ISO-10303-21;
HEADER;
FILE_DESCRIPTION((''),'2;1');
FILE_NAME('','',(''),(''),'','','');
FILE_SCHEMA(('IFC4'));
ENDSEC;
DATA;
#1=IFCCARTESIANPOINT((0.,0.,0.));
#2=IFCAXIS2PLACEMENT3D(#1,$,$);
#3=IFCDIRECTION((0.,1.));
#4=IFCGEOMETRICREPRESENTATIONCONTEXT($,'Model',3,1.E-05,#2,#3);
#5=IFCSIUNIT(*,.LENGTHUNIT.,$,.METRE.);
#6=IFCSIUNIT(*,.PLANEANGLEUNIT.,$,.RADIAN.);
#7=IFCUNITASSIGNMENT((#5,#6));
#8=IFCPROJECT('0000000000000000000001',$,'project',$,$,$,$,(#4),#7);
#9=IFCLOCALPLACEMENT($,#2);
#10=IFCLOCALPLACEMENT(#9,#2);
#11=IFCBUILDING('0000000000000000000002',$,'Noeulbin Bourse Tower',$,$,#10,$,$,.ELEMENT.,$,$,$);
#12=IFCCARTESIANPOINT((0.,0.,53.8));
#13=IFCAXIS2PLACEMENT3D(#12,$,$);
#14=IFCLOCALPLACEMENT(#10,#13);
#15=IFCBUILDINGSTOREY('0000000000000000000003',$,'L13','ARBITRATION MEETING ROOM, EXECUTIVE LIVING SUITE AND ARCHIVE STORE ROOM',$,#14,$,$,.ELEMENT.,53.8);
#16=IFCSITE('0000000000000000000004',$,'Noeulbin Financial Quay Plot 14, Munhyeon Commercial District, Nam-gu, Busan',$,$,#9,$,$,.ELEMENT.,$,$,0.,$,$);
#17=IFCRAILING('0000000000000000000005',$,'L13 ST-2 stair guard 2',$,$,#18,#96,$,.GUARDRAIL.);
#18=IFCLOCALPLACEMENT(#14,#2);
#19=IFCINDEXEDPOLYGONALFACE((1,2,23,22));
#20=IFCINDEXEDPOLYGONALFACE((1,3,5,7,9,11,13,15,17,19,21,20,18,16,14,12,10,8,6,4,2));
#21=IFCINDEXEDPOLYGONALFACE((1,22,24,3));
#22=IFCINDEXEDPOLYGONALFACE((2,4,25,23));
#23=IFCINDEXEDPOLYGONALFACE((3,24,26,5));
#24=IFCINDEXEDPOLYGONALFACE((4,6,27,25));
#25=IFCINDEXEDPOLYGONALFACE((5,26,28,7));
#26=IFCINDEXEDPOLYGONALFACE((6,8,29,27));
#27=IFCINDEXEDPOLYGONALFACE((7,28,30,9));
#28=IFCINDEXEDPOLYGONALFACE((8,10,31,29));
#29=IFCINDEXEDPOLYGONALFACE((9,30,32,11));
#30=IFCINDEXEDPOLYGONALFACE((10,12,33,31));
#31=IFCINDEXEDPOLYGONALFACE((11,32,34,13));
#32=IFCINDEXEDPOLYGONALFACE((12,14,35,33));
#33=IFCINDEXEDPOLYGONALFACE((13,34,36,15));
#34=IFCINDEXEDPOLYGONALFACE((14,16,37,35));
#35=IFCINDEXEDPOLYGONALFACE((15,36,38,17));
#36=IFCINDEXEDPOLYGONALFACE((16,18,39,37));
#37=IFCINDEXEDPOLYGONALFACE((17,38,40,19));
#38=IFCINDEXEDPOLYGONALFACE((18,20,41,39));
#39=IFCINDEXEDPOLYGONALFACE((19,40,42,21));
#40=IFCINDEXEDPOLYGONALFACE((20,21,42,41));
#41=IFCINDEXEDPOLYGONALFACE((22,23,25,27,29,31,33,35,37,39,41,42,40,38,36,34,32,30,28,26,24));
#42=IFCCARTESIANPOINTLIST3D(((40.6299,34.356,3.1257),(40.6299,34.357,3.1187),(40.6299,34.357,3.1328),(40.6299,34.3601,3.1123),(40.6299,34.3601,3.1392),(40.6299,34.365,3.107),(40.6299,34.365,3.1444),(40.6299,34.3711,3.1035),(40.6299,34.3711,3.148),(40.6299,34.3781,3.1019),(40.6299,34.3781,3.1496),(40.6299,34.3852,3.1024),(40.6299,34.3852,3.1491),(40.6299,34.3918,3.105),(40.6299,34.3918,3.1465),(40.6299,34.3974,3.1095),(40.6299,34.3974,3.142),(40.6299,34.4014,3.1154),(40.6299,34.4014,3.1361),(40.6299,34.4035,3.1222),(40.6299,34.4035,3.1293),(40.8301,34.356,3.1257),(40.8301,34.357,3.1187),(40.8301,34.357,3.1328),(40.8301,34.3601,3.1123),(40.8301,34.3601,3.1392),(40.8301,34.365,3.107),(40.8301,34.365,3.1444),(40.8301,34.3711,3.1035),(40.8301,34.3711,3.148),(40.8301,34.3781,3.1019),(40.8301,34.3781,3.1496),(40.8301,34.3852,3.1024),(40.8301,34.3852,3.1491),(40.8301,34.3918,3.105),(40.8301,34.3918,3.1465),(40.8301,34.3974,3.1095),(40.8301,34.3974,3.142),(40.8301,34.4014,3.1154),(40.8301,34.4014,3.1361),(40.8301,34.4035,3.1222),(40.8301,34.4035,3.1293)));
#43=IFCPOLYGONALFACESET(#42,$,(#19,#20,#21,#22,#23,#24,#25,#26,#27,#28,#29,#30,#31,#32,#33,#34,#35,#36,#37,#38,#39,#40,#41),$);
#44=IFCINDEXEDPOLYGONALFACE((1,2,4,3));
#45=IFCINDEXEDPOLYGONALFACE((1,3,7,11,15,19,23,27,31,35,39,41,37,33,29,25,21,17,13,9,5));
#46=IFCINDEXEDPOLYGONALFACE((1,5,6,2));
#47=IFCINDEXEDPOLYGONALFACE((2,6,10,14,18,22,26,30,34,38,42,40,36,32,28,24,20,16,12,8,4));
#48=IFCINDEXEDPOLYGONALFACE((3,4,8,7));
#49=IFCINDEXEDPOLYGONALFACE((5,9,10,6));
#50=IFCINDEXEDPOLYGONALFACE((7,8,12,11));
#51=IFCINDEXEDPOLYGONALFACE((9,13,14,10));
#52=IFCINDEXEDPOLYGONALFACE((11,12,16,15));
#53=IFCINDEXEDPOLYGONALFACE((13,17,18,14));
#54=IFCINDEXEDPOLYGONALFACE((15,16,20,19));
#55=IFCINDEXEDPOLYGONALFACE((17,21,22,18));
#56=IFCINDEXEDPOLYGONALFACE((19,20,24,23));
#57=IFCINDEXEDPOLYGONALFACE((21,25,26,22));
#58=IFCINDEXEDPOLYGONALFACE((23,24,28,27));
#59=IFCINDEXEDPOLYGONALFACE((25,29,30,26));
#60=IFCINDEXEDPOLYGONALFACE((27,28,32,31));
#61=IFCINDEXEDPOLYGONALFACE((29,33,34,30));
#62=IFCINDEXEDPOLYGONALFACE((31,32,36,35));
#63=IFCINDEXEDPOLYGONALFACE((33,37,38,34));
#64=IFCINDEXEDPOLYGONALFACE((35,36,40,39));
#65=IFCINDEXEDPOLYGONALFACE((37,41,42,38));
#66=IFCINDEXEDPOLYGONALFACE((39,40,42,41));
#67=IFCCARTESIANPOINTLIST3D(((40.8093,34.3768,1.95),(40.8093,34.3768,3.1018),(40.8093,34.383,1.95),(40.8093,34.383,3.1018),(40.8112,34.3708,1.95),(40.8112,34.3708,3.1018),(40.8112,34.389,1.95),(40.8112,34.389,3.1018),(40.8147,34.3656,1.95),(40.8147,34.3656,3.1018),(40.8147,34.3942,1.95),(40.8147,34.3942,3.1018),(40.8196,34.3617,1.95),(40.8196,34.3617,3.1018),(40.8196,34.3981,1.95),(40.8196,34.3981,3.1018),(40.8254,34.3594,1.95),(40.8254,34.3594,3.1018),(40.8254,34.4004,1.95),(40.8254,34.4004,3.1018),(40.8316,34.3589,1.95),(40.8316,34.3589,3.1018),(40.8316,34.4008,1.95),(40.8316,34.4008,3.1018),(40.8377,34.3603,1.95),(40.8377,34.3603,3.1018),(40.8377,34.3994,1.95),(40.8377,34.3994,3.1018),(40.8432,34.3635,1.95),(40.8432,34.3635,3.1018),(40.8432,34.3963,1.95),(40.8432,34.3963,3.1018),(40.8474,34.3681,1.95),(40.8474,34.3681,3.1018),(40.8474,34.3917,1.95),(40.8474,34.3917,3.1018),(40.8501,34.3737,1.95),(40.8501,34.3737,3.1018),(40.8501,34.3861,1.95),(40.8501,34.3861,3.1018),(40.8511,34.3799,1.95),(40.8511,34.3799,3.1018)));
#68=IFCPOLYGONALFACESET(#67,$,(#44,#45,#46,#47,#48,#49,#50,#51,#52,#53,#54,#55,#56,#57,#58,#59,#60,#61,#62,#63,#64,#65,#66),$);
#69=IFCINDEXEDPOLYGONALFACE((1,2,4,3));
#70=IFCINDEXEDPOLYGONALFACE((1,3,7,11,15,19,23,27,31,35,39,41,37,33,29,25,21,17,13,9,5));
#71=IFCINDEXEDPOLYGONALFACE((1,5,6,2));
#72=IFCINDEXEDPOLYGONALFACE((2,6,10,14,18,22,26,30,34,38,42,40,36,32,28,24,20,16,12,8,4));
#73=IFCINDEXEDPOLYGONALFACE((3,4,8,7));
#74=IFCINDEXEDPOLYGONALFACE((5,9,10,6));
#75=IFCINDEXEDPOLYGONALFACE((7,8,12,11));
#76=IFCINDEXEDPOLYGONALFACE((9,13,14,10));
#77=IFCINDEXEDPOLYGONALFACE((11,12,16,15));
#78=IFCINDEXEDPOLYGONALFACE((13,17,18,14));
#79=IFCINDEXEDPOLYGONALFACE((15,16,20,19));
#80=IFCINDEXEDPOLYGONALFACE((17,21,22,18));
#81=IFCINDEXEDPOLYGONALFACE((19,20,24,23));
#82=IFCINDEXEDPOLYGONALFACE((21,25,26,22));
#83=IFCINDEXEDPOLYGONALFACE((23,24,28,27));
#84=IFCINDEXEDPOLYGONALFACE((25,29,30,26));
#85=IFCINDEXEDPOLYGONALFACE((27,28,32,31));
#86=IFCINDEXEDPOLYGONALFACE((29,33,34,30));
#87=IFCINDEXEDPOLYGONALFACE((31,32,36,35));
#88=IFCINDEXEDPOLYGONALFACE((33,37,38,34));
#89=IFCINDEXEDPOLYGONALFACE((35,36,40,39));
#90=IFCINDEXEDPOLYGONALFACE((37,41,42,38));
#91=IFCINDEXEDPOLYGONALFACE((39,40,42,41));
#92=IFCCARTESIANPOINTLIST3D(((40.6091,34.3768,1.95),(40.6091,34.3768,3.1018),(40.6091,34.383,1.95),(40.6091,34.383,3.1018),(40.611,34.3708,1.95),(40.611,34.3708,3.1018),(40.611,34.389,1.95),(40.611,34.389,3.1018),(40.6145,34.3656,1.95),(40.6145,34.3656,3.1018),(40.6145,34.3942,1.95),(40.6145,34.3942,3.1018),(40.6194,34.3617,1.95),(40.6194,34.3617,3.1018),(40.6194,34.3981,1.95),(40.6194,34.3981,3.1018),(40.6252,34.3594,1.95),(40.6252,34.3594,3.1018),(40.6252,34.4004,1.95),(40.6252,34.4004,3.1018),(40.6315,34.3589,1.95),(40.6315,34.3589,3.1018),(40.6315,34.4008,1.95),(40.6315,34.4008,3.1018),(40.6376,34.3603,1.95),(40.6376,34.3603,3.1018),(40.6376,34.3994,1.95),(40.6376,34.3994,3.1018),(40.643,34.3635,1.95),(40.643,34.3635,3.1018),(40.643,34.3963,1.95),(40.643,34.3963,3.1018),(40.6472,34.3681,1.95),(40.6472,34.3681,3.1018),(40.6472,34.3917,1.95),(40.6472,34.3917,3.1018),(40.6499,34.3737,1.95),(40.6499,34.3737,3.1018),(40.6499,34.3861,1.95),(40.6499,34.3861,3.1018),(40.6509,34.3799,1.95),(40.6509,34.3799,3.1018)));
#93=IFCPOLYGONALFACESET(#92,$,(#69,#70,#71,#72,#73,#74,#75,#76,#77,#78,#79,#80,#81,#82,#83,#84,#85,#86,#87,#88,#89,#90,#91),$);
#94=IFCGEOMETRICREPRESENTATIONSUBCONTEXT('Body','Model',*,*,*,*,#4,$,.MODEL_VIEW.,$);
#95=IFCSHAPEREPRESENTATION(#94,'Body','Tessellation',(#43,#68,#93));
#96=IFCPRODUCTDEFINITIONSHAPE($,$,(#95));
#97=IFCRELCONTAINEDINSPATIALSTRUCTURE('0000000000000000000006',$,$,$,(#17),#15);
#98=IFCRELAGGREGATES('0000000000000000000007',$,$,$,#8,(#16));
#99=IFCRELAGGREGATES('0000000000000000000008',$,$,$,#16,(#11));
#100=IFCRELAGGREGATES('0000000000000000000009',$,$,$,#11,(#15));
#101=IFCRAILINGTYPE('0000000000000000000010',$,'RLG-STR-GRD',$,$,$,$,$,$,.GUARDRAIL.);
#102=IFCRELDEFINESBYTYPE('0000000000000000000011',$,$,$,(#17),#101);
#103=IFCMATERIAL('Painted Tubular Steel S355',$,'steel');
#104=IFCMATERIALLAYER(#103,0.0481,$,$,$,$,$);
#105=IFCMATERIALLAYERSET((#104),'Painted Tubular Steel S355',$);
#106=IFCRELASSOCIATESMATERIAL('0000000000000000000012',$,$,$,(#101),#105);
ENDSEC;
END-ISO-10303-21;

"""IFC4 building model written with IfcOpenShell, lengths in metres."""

from ifc_helpers import new_model, si_unit, direction, frame, origin, origin_2d, place, context, subcontext, project, spatial, circle, extrude, material, layer, layer_set, type_object, element, save


model = new_model("IFC4")

# Units and contexts
model_context = context("Model", 3, precision=1e-05, world=origin(), true_north=direction((0.0, 1.0)))
body_context = subcontext(model_context, "Body", "Model", "MODEL_VIEW")
ifc_project = project(units=[si_unit("LENGTHUNIT", "METRE"), si_unit("PLANEANGLEUNIT", "RADIAN")], contexts=[model_context])

# Site, building, storey
site_placement = place(None, origin())
site = spatial("IfcSite", under=ifc_project, at=site_placement, Name="Noeulbin Financial Quay Plot 14, Munhyeon Commercial District, Nam-gu, Busan", CompositionType="ELEMENT", RefElevation=0.0)
building_placement = place(site_placement, origin())
building = spatial("IfcBuilding", under=site, at=building_placement, Name="Noeulbin Bourse Tower", CompositionType="ELEMENT")
storey_placement = place(building_placement, frame((0.0, 0.0, 53.8)))
storey = spatial("IfcBuildingStorey", under=building, at=storey_placement, Name="L13", Description="ARBITRATION MEETING ROOM, EXECUTIVE LIVING SUITE AND ARCHIVE STORE ROOM", CompositionType="ELEMENT", Elevation=53.8)

# Railing
ifc_material_1 = material(Name="Painted Tubular Steel S355", Category="steel")
ifc_layer_1 = layer(ifc_material_1, 0.0481)
ifc_layer_set_1 = layer_set([ifc_layer_1], Name="Painted Tubular Steel S355")
railing_type_1 = type_object("IfcRailingType", Name="RLG-STR-GRD", PredefinedType="GUARDRAIL", material=ifc_layer_set_1)
railing_1_placement = place(storey_placement, frame((40.8301, 34.3799, 1.95)))
element("IfcRailing", 1, at=railing_1_placement, inside=storey, type_object=railing_type_1, Name="L13 ST-2 stair guard 2", PredefinedType="GUARDRAIL", context=body_context, shape_type="SweptSolid", body=[
    extrude(circle(Radius=0.0239, at=origin_2d()), frame((0.0, 0.0, 1.1758), z_axis=(-1.0, 0.0, 0.0), x_axis=(0.0, -1.0, 0.0)), (0.0, 0.0, 1.0), 0.2002),
    extrude(circle(Radius=0.021, at=origin_2d()), origin(), (0.0, 0.0, 1.0), 1.1519),
    extrude(circle(Radius=0.021, at=origin_2d()), frame((-0.2002, 0.0, 0.0)), (0.0, 0.0, 1.0), 1.1519),
])

save(model, "model.ifc")
